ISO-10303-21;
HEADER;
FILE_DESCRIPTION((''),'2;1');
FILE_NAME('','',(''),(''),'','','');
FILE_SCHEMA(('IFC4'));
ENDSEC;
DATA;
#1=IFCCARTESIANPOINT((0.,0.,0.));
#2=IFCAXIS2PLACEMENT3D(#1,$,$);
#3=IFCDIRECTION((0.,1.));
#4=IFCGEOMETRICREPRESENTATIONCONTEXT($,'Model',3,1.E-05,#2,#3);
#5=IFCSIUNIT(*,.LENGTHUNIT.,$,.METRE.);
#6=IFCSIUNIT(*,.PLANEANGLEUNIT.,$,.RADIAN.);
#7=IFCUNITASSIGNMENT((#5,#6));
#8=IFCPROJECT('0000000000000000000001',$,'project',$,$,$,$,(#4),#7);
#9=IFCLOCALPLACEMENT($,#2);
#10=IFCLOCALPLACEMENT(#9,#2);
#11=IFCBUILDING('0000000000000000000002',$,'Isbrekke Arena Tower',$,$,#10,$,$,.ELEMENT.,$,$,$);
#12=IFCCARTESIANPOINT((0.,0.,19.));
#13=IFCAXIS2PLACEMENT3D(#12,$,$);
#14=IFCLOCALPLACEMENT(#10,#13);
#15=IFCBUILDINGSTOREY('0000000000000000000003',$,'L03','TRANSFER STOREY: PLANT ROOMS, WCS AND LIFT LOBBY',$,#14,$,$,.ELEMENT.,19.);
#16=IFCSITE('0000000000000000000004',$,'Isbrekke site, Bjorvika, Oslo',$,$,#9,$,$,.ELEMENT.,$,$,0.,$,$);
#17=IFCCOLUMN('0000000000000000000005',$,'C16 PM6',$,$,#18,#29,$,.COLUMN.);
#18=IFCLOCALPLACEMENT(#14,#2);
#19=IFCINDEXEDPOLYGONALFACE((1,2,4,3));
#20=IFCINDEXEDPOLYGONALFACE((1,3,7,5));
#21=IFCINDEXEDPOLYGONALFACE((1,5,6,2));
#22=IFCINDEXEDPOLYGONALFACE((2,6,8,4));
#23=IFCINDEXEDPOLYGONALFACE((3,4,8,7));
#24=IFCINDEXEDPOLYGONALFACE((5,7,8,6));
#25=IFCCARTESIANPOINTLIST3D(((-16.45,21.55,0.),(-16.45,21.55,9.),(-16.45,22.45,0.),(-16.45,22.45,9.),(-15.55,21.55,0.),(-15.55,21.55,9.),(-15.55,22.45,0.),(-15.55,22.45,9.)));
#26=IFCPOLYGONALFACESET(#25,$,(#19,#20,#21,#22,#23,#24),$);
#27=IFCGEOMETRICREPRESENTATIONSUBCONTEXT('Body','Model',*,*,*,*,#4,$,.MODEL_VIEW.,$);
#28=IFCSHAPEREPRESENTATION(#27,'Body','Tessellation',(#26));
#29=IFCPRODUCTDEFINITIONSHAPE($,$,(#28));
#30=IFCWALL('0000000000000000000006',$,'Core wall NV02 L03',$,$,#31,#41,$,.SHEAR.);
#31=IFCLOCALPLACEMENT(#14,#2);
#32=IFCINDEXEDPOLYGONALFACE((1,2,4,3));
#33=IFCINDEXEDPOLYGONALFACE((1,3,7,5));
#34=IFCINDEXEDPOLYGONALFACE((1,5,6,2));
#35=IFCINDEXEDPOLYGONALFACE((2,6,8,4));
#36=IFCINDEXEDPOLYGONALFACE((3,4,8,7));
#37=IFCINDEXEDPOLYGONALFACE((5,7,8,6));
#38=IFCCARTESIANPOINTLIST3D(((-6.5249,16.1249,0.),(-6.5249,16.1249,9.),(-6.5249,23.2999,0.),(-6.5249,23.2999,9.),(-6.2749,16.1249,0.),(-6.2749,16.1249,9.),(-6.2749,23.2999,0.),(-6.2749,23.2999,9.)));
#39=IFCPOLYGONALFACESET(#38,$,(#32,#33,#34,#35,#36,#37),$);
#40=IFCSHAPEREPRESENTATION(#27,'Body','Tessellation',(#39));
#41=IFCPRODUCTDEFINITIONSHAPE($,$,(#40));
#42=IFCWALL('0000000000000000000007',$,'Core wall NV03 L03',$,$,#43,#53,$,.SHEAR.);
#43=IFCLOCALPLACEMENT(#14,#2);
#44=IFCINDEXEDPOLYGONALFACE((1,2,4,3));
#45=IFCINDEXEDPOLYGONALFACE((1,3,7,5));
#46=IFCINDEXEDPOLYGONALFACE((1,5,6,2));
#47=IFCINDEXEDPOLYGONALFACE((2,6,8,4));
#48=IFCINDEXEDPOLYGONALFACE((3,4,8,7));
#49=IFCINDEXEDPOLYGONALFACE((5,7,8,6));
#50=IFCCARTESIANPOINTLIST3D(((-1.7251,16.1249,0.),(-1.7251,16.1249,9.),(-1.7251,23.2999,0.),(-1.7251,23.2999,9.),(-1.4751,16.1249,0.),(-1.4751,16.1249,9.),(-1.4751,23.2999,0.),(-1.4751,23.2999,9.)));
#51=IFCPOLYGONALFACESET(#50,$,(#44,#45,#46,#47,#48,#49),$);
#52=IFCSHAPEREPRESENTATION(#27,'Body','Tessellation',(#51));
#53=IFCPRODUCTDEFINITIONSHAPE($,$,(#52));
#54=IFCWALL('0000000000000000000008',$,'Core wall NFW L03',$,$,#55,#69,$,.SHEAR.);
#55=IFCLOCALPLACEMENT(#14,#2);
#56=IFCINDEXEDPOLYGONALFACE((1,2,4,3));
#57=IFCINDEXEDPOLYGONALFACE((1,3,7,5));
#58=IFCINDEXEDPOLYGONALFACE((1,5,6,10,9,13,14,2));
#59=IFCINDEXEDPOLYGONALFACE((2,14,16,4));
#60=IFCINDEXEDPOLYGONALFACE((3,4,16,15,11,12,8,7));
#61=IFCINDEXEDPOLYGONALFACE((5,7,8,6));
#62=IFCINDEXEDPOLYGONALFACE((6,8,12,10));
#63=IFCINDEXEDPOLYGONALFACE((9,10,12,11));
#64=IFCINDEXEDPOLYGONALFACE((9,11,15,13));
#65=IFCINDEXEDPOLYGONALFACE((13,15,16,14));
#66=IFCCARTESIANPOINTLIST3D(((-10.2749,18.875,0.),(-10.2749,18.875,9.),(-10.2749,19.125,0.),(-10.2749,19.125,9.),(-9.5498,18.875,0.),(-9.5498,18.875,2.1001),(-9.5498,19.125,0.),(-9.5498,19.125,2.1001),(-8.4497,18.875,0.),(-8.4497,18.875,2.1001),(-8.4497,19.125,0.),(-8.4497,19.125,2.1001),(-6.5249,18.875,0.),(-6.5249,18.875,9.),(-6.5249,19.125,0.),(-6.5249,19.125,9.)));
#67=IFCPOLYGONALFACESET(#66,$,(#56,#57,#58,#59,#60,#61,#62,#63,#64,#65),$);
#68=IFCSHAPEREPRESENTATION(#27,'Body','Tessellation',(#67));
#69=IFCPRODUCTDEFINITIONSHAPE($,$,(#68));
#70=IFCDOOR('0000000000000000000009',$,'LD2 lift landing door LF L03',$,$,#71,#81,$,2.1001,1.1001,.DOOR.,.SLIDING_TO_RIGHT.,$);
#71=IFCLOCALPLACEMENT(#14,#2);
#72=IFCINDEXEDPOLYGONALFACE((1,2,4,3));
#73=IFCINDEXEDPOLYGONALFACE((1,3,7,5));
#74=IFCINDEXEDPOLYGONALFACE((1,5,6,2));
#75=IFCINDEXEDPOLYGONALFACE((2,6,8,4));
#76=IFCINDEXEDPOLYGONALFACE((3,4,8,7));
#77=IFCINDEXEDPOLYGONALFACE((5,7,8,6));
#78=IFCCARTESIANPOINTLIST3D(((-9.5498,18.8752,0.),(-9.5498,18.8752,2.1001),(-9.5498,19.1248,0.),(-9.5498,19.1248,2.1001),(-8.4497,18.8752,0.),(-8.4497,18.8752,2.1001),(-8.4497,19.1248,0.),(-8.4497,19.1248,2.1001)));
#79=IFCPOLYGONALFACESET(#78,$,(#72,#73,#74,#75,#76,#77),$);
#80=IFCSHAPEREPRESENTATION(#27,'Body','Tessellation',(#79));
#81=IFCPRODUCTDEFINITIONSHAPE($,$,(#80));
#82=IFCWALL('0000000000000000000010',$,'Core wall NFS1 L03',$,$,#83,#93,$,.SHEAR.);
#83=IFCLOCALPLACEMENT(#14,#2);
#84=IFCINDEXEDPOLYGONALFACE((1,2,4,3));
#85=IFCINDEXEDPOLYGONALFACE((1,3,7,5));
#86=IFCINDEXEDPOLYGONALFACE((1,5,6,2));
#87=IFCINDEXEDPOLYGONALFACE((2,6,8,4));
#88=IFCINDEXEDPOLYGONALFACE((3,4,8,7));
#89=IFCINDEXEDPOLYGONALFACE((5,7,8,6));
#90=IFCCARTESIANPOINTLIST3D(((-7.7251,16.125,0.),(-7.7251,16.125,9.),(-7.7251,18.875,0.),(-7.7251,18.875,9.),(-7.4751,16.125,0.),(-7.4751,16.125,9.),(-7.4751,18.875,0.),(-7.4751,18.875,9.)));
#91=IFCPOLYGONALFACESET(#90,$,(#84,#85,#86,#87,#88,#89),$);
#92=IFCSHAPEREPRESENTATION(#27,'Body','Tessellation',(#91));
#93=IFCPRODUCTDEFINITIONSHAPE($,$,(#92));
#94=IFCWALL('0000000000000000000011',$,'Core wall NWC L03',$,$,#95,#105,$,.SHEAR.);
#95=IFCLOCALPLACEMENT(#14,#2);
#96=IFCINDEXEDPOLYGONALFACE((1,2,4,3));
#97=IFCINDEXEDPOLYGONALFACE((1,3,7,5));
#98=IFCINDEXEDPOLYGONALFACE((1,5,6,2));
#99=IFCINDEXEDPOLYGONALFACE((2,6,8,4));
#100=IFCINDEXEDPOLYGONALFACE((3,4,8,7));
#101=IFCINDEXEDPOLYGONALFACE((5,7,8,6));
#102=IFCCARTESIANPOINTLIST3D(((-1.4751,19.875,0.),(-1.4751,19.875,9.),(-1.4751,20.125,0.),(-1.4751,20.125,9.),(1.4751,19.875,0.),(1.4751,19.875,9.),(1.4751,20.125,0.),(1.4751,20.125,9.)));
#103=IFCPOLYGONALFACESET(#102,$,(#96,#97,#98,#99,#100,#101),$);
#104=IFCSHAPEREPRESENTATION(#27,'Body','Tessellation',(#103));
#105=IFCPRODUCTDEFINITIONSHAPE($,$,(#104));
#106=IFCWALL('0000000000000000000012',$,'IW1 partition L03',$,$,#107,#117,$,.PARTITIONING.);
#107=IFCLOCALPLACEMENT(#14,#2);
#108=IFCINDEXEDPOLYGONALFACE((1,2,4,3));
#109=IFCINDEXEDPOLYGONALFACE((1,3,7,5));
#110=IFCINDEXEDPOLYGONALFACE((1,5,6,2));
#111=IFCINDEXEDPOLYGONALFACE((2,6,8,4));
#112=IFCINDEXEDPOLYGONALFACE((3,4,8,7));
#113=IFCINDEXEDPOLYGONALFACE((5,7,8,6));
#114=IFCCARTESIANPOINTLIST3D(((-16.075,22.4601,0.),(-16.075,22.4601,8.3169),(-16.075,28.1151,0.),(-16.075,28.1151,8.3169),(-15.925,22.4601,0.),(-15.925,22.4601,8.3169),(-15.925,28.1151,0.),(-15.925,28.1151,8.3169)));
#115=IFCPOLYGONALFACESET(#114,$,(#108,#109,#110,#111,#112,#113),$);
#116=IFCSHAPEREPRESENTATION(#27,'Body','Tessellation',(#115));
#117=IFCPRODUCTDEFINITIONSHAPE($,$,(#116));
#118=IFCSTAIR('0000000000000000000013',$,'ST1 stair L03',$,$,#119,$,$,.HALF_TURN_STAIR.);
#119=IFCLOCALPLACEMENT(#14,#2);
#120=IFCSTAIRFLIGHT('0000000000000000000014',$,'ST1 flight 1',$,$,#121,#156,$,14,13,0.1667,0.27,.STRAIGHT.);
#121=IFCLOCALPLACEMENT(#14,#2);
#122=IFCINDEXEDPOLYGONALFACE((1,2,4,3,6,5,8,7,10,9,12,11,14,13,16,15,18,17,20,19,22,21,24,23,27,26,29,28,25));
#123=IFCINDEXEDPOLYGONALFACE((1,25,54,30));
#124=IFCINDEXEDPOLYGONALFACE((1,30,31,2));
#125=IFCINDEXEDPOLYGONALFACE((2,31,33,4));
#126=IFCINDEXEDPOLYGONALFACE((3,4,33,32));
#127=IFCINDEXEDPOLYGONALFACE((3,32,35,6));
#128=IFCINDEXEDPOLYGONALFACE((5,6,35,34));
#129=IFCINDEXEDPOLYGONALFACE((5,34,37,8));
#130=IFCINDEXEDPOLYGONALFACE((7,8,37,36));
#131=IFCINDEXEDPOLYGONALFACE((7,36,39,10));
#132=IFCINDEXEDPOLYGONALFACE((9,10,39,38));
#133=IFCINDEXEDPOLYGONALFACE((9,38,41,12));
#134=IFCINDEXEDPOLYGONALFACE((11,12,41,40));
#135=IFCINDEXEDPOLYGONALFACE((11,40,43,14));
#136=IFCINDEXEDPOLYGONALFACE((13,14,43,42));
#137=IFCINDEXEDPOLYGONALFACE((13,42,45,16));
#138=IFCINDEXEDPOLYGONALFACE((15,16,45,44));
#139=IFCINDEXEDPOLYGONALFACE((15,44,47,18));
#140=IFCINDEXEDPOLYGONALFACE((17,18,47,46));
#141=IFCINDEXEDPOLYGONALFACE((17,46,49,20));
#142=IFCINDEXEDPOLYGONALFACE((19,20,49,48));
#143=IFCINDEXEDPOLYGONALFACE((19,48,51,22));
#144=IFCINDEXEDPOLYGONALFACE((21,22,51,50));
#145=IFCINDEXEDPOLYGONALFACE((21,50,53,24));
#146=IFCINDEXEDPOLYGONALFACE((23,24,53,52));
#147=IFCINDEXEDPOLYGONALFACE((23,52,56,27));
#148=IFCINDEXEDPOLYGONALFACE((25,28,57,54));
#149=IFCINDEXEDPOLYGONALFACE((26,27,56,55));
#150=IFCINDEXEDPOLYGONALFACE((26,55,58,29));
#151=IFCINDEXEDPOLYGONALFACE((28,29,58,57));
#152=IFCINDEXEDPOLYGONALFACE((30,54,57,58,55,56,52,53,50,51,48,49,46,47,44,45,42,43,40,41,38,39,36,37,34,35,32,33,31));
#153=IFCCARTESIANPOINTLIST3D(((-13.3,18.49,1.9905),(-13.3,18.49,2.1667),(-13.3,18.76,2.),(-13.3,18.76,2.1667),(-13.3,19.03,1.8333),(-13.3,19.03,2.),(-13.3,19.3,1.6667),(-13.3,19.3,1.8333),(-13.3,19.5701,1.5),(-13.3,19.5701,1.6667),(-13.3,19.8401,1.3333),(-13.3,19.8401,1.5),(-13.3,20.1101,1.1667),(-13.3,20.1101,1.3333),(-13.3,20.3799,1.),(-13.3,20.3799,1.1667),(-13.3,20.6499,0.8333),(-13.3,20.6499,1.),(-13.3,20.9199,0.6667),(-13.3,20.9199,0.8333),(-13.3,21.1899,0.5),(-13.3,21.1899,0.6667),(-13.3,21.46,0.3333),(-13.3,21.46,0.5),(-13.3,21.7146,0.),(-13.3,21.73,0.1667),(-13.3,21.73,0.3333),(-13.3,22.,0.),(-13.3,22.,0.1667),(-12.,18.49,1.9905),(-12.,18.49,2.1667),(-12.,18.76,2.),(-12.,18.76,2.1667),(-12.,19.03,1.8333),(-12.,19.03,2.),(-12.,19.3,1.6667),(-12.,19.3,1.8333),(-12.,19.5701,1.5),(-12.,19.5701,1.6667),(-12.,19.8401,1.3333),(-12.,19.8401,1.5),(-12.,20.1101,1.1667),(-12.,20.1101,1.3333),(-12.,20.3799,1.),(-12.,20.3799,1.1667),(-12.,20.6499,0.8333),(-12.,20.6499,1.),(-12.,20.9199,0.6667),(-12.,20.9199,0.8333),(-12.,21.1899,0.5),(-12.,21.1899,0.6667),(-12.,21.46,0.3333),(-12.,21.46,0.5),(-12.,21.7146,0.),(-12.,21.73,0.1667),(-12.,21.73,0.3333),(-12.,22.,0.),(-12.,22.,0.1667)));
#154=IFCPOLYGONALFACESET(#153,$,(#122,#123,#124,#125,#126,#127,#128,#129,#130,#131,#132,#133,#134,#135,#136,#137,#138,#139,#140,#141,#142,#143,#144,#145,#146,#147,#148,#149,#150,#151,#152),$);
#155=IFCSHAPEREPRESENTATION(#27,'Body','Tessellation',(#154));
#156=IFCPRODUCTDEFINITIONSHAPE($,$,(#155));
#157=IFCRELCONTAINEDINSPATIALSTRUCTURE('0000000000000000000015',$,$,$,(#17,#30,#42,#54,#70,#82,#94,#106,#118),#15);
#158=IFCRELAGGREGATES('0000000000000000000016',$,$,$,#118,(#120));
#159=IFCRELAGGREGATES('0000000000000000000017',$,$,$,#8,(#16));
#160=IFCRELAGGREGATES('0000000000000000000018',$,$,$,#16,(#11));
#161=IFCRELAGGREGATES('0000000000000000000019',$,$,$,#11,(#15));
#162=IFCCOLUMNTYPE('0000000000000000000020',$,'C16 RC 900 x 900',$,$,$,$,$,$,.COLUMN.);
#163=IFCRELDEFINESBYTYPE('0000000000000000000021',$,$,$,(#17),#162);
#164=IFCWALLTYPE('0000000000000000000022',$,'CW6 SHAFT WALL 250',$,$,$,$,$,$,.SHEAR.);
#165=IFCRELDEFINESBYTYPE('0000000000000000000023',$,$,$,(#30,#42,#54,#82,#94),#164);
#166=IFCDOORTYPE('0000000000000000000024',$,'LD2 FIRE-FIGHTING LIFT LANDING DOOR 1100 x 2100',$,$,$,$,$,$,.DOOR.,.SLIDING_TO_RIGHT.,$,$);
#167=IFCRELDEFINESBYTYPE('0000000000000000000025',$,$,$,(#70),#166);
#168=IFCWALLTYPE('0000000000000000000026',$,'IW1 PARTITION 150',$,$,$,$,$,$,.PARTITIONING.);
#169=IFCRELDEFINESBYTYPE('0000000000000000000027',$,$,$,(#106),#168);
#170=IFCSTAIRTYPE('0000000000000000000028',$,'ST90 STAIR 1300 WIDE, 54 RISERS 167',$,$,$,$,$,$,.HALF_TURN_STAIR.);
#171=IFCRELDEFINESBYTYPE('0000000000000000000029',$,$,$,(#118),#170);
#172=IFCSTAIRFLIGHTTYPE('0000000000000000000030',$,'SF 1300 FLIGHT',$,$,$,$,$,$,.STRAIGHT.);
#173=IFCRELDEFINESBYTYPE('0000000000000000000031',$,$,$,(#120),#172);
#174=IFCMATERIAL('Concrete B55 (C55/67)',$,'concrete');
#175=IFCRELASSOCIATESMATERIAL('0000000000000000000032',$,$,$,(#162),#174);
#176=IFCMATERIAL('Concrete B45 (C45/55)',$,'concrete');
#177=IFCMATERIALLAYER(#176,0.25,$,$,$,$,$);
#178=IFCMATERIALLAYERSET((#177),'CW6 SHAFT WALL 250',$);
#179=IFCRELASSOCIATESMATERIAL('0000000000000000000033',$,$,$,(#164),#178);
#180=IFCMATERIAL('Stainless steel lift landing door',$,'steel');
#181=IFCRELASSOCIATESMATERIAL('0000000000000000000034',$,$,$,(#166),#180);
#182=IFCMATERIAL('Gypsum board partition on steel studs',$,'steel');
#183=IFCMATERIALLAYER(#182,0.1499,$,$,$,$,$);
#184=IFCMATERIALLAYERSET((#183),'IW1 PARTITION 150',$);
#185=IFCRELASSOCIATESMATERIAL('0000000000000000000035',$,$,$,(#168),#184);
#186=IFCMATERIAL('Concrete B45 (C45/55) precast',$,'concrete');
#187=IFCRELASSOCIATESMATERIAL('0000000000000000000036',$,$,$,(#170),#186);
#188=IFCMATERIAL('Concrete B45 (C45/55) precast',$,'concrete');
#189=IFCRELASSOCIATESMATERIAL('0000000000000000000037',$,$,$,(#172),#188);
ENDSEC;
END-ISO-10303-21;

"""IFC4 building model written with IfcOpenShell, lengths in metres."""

from ifc_helpers import new_model, si_unit, direction, frame, frame_2d, origin, origin_2d, place, context, subcontext, project, spatial, polyline, rectangle, outline, extrude, material, layer, layer_set, material_profile, profile_set, type_object, element, fill, aggregate, save


model = new_model("IFC4")

# Units and contexts
model_context = context("Model", 3, precision=1e-05, world=origin(), true_north=direction((0.0, 1.0)))
body_context = subcontext(model_context, "Body", "Model", "MODEL_VIEW")
ifc_project = project(units=[si_unit("LENGTHUNIT", "METRE"), si_unit("PLANEANGLEUNIT", "RADIAN")], contexts=[model_context])

# Site, building, storey
site_placement = place(None, origin())
site = spatial("IfcSite", under=ifc_project, at=site_placement, Name="Isbrekke site, Bjorvika, Oslo", CompositionType="ELEMENT", RefElevation=0.0)
building_placement = place(site_placement, origin())
building = spatial("IfcBuilding", under=site, at=building_placement, Name="Isbrekke Arena Tower", CompositionType="ELEMENT")
storey_placement = place(building_placement, frame((0.0, 0.0, 19.0)))
storey = spatial("IfcBuildingStorey", under=building, at=storey_placement, Name="L03", Description="TRANSFER STOREY: PLANT ROOMS, WCS AND LIFT LOBBY", CompositionType="ELEMENT", Elevation=19.0)

# Column
ifc_material_1 = material(Name="Concrete B55 (C55/67)", Category="concrete")
ifc_material_profile = material_profile(ifc_material_1, rectangle(XDim=0.8999, YDim=0.8999, at=origin_2d()), Name="RC 900x900")
ifc_profile_set = profile_set([ifc_material_profile], Name="Concrete B55 (C55/67)")
column_type = type_object("IfcColumnType", Name="C16 RC 900 x 900", PredefinedType="COLUMN", material=ifc_profile_set)
column_placement = place(storey_placement, frame((-16.0, 22.0, 0.0), z_axis=(0.0, 0.0, 1.0), x_axis=(1.0, 0.0, 0.0)))
element("IfcColumn", 1, at=column_placement, inside=storey, type_object=column_type, Name="C16 PM6", PredefinedType="COLUMN", context=body_context, shape_type="SweptSolid", body=[
    extrude(rectangle(XDim=0.8999, YDim=0.8999, at=origin_2d()), origin(), (0.0, 0.0, 1.0), 9.0),
])

# Walls
ifc_material_2 = material(Name="Concrete B45 (C45/55)", Category="concrete")
ifc_layer_1 = layer(ifc_material_2, 0.25)
ifc_layer_set_1 = layer_set([ifc_layer_1], Name="CW6 SHAFT WALL 250")
wall_type_1 = type_object("IfcWallType", Name="CW6 SHAFT WALL 250", PredefinedType="SHEAR", material=ifc_layer_set_1)
for number, where, z_axis, x_axis, name in (
    (2, (-6.3999, 16.125, 0.0), (0.0, 0.0, 1.0), (0.0, 1.0, 0.0), "Core wall NV02 L03"),
    (3, (-1.6001, 16.125, 0.0), (0.0, 0.0, 1.0), (0.0, 1.0, 0.0), "Core wall NV03 L03"),
):
    element("IfcWall", number, at=place(storey_placement, frame(where, z_axis=z_axis, x_axis=x_axis)), inside=storey, type_object=wall_type_1, Name=name, PredefinedType="SHEAR", context=body_context, shape_type="SweptSolid", body=[
        extrude(rectangle(XDim=7.175, YDim=0.25, at=frame_2d((3.5874, 0.0))), origin(), (0.0, 0.0, 1.0), 9.0),
    ])

# Wall, opening, door
wall_1_placement = place(storey_placement, frame((-10.2749, 19.0, 0.0), z_axis=(0.0, 0.0, 1.0), x_axis=(1.0, 0.0, 0.0)))
wall_1 = element("IfcWall", 4, at=wall_1_placement, inside=storey, type_object=wall_type_1, Name="Core wall NFW L03", PredefinedType="SHEAR", context=body_context, shape_type="SweptSolid", body=[
    extrude(rectangle(XDim=3.75, YDim=0.25, at=frame_2d((1.875, 0.0))), origin(), (0.0, 0.0, 1.0), 9.0),
])
opening_placement = place(wall_1_placement, frame((0.7251, 0.0, 0.0)))
opening = element("IfcOpeningElement", 5, at=opening_placement, cuts=wall_1, PredefinedType="OPENING", context=body_context, shape_type="SweptSolid", body=[
    extrude(rectangle(XDim=1.1001, YDim=2.1001, at=frame_2d((0.55, 1.05))), frame((0.0, 0.1399, 0.0), z_axis=(0.0, -1.0, 0.0), x_axis=(1.0, 0.0, 0.0)), (0.0, 0.0, 1.0), 0.2798),
])
ifc_material_3 = material(Name="Stainless steel lift landing door", Category="steel")
door_type = type_object("IfcDoorType", Name="LD2 FIRE-FIGHTING LIFT LANDING DOOR 1100 x 2100", OperationType="SLIDING_TO_RIGHT", PredefinedType="DOOR", material=ifc_material_3)
door_placement = place(opening_placement, origin())
door = element("IfcDoor", 6, at=door_placement, inside=storey, type_object=door_type, Name="LD2 lift landing door LF L03", OperationType="SLIDING_TO_RIGHT", OverallHeight=2.1001, OverallWidth=1.1001, PredefinedType="DOOR", context=body_context, shape_type="SweptSolid", body=[
    extrude(rectangle(XDim=1.1001, YDim=2.1001, at=frame_2d((0.55, 1.05))), frame((0.0, 0.1248, 0.0), z_axis=(0.0, -1.0, 0.0), x_axis=(1.0, 0.0, 0.0)), (0.0, 0.0, 1.0), 0.2495),
])
fill(opening, door)

# Walls
wall_2_placement = place(storey_placement, frame((-7.6001, 16.125, 0.0), z_axis=(0.0, 0.0, 1.0), x_axis=(0.0, 1.0, 0.0)))
element("IfcWall", 7, at=wall_2_placement, inside=storey, type_object=wall_type_1, Name="Core wall NFS1 L03", PredefinedType="SHEAR", context=body_context, shape_type="SweptSolid", body=[
    extrude(rectangle(XDim=2.75, YDim=0.25, at=frame_2d((1.375, 0.0))), origin(), (0.0, 0.0, 1.0), 9.0),
])
wall_3_placement = place(storey_placement, frame((-1.4751, 20.0, 0.0), z_axis=(0.0, 0.0, 1.0), x_axis=(1.0, 0.0, 0.0)))
element("IfcWall", 8, at=wall_3_placement, inside=storey, type_object=wall_type_1, Name="Core wall NWC L03", PredefinedType="SHEAR", context=body_context, shape_type="SweptSolid", body=[
    extrude(rectangle(XDim=2.9502, YDim=0.25, at=frame_2d((1.4751, 0.0))), origin(), (0.0, 0.0, 1.0), 9.0),
])
ifc_material_4 = material(Name="Gypsum board partition on steel studs", Category="steel")
ifc_layer_2 = layer(ifc_material_4, 0.1499)
ifc_layer_set_2 = layer_set([ifc_layer_2], Name="IW1 PARTITION 150")
wall_type_2 = type_object("IfcWallType", Name="IW1 PARTITION 150", PredefinedType="PARTITIONING", material=ifc_layer_set_2)
wall_4_placement = place(storey_placement, frame((-16.0, 22.46, 0.0), z_axis=(0.0, 0.0, 1.0), x_axis=(0.0, 1.0, 0.0)))
element("IfcWall", 9, at=wall_4_placement, inside=storey, type_object=wall_type_2, Name="IW1 partition L03", PredefinedType="PARTITIONING", context=body_context, shape_type="SweptSolid", body=[
    extrude(rectangle(XDim=5.655, YDim=0.1499, at=frame_2d((2.8276, 0.0))), origin(), (0.0, 0.0, 1.0), 8.3169),
])

# Stair, stair flight
ifc_material_5 = material(Name="Concrete B45 (C45/55) precast", Category="concrete")
stair_type = type_object("IfcStairType", Name="ST90 STAIR 1300 WIDE, 54 RISERS 167", PredefinedType="HALF_TURN_STAIR", material=ifc_material_5)
stair_placement = place(storey_placement, origin())
stair = element("IfcStair", 10, at=stair_placement, inside=storey, type_object=stair_type, Name="ST1 stair L03", PredefinedType="HALF_TURN_STAIR")
ifc_material_6 = material(Name="Concrete B45 (C45/55) precast", Category="concrete")
stair_flight_type = type_object("IfcStairFlightType", Name="SF 1300 FLIGHT", PredefinedType="STRAIGHT", material=ifc_material_6)
stair_flight_1_placement = place(storey_placement, frame((-12.6499, 22.0, 0.0), z_axis=(0.0, 0.0, 1.0), x_axis=(0.0, -1.0, 0.0)))
stair_flight_1 = element("IfcStairFlight", 11, at=stair_flight_1_placement, type_object=stair_flight_type, Name="ST1 flight 1", NumberOfRisers=14, NumberOfTreads=13, PredefinedType="STRAIGHT", RiserHeight=0.1667, TreadLength=0.27, context=body_context, shape_type="SweptSolid", body=[
    extrude(outline(polyline([(0.0, 0.0), (0.0, 0.1667), (0.27, 0.1667), (0.27, 0.3333), (0.54, 0.3333), (0.54, 0.5), (0.8101, 0.5), (0.8101, 0.6667), (1.0801, 0.6667), (1.0801, 0.8333), (1.3501, 0.8333), (1.3501, 1.0), (1.6201, 1.0), (1.6201, 1.1667), (1.8899, 1.1667), (1.8899, 1.3333), (2.1599, 1.3333), (2.1599, 1.5), (2.4299, 1.5), (2.4299, 1.6667), (2.7, 1.6667), (2.7, 1.8333), (2.97, 1.8333), (2.97, 2.0), (3.24, 2.0), (3.24, 2.1667), (3.51, 2.1667), (3.51, 2.3333), (3.51, 1.9905), (0.2854, 0.0), (0.0, 0.0)])), frame((0.0, 0.6499, 0.0), z_axis=(0.0, -1.0, 0.0), x_axis=(1.0, 0.0, 0.0)), (0.0, 0.0, 1.0), 1.3),
])
aggregate(stair, [stair_flight_1])

save(model, "model.ifc")
